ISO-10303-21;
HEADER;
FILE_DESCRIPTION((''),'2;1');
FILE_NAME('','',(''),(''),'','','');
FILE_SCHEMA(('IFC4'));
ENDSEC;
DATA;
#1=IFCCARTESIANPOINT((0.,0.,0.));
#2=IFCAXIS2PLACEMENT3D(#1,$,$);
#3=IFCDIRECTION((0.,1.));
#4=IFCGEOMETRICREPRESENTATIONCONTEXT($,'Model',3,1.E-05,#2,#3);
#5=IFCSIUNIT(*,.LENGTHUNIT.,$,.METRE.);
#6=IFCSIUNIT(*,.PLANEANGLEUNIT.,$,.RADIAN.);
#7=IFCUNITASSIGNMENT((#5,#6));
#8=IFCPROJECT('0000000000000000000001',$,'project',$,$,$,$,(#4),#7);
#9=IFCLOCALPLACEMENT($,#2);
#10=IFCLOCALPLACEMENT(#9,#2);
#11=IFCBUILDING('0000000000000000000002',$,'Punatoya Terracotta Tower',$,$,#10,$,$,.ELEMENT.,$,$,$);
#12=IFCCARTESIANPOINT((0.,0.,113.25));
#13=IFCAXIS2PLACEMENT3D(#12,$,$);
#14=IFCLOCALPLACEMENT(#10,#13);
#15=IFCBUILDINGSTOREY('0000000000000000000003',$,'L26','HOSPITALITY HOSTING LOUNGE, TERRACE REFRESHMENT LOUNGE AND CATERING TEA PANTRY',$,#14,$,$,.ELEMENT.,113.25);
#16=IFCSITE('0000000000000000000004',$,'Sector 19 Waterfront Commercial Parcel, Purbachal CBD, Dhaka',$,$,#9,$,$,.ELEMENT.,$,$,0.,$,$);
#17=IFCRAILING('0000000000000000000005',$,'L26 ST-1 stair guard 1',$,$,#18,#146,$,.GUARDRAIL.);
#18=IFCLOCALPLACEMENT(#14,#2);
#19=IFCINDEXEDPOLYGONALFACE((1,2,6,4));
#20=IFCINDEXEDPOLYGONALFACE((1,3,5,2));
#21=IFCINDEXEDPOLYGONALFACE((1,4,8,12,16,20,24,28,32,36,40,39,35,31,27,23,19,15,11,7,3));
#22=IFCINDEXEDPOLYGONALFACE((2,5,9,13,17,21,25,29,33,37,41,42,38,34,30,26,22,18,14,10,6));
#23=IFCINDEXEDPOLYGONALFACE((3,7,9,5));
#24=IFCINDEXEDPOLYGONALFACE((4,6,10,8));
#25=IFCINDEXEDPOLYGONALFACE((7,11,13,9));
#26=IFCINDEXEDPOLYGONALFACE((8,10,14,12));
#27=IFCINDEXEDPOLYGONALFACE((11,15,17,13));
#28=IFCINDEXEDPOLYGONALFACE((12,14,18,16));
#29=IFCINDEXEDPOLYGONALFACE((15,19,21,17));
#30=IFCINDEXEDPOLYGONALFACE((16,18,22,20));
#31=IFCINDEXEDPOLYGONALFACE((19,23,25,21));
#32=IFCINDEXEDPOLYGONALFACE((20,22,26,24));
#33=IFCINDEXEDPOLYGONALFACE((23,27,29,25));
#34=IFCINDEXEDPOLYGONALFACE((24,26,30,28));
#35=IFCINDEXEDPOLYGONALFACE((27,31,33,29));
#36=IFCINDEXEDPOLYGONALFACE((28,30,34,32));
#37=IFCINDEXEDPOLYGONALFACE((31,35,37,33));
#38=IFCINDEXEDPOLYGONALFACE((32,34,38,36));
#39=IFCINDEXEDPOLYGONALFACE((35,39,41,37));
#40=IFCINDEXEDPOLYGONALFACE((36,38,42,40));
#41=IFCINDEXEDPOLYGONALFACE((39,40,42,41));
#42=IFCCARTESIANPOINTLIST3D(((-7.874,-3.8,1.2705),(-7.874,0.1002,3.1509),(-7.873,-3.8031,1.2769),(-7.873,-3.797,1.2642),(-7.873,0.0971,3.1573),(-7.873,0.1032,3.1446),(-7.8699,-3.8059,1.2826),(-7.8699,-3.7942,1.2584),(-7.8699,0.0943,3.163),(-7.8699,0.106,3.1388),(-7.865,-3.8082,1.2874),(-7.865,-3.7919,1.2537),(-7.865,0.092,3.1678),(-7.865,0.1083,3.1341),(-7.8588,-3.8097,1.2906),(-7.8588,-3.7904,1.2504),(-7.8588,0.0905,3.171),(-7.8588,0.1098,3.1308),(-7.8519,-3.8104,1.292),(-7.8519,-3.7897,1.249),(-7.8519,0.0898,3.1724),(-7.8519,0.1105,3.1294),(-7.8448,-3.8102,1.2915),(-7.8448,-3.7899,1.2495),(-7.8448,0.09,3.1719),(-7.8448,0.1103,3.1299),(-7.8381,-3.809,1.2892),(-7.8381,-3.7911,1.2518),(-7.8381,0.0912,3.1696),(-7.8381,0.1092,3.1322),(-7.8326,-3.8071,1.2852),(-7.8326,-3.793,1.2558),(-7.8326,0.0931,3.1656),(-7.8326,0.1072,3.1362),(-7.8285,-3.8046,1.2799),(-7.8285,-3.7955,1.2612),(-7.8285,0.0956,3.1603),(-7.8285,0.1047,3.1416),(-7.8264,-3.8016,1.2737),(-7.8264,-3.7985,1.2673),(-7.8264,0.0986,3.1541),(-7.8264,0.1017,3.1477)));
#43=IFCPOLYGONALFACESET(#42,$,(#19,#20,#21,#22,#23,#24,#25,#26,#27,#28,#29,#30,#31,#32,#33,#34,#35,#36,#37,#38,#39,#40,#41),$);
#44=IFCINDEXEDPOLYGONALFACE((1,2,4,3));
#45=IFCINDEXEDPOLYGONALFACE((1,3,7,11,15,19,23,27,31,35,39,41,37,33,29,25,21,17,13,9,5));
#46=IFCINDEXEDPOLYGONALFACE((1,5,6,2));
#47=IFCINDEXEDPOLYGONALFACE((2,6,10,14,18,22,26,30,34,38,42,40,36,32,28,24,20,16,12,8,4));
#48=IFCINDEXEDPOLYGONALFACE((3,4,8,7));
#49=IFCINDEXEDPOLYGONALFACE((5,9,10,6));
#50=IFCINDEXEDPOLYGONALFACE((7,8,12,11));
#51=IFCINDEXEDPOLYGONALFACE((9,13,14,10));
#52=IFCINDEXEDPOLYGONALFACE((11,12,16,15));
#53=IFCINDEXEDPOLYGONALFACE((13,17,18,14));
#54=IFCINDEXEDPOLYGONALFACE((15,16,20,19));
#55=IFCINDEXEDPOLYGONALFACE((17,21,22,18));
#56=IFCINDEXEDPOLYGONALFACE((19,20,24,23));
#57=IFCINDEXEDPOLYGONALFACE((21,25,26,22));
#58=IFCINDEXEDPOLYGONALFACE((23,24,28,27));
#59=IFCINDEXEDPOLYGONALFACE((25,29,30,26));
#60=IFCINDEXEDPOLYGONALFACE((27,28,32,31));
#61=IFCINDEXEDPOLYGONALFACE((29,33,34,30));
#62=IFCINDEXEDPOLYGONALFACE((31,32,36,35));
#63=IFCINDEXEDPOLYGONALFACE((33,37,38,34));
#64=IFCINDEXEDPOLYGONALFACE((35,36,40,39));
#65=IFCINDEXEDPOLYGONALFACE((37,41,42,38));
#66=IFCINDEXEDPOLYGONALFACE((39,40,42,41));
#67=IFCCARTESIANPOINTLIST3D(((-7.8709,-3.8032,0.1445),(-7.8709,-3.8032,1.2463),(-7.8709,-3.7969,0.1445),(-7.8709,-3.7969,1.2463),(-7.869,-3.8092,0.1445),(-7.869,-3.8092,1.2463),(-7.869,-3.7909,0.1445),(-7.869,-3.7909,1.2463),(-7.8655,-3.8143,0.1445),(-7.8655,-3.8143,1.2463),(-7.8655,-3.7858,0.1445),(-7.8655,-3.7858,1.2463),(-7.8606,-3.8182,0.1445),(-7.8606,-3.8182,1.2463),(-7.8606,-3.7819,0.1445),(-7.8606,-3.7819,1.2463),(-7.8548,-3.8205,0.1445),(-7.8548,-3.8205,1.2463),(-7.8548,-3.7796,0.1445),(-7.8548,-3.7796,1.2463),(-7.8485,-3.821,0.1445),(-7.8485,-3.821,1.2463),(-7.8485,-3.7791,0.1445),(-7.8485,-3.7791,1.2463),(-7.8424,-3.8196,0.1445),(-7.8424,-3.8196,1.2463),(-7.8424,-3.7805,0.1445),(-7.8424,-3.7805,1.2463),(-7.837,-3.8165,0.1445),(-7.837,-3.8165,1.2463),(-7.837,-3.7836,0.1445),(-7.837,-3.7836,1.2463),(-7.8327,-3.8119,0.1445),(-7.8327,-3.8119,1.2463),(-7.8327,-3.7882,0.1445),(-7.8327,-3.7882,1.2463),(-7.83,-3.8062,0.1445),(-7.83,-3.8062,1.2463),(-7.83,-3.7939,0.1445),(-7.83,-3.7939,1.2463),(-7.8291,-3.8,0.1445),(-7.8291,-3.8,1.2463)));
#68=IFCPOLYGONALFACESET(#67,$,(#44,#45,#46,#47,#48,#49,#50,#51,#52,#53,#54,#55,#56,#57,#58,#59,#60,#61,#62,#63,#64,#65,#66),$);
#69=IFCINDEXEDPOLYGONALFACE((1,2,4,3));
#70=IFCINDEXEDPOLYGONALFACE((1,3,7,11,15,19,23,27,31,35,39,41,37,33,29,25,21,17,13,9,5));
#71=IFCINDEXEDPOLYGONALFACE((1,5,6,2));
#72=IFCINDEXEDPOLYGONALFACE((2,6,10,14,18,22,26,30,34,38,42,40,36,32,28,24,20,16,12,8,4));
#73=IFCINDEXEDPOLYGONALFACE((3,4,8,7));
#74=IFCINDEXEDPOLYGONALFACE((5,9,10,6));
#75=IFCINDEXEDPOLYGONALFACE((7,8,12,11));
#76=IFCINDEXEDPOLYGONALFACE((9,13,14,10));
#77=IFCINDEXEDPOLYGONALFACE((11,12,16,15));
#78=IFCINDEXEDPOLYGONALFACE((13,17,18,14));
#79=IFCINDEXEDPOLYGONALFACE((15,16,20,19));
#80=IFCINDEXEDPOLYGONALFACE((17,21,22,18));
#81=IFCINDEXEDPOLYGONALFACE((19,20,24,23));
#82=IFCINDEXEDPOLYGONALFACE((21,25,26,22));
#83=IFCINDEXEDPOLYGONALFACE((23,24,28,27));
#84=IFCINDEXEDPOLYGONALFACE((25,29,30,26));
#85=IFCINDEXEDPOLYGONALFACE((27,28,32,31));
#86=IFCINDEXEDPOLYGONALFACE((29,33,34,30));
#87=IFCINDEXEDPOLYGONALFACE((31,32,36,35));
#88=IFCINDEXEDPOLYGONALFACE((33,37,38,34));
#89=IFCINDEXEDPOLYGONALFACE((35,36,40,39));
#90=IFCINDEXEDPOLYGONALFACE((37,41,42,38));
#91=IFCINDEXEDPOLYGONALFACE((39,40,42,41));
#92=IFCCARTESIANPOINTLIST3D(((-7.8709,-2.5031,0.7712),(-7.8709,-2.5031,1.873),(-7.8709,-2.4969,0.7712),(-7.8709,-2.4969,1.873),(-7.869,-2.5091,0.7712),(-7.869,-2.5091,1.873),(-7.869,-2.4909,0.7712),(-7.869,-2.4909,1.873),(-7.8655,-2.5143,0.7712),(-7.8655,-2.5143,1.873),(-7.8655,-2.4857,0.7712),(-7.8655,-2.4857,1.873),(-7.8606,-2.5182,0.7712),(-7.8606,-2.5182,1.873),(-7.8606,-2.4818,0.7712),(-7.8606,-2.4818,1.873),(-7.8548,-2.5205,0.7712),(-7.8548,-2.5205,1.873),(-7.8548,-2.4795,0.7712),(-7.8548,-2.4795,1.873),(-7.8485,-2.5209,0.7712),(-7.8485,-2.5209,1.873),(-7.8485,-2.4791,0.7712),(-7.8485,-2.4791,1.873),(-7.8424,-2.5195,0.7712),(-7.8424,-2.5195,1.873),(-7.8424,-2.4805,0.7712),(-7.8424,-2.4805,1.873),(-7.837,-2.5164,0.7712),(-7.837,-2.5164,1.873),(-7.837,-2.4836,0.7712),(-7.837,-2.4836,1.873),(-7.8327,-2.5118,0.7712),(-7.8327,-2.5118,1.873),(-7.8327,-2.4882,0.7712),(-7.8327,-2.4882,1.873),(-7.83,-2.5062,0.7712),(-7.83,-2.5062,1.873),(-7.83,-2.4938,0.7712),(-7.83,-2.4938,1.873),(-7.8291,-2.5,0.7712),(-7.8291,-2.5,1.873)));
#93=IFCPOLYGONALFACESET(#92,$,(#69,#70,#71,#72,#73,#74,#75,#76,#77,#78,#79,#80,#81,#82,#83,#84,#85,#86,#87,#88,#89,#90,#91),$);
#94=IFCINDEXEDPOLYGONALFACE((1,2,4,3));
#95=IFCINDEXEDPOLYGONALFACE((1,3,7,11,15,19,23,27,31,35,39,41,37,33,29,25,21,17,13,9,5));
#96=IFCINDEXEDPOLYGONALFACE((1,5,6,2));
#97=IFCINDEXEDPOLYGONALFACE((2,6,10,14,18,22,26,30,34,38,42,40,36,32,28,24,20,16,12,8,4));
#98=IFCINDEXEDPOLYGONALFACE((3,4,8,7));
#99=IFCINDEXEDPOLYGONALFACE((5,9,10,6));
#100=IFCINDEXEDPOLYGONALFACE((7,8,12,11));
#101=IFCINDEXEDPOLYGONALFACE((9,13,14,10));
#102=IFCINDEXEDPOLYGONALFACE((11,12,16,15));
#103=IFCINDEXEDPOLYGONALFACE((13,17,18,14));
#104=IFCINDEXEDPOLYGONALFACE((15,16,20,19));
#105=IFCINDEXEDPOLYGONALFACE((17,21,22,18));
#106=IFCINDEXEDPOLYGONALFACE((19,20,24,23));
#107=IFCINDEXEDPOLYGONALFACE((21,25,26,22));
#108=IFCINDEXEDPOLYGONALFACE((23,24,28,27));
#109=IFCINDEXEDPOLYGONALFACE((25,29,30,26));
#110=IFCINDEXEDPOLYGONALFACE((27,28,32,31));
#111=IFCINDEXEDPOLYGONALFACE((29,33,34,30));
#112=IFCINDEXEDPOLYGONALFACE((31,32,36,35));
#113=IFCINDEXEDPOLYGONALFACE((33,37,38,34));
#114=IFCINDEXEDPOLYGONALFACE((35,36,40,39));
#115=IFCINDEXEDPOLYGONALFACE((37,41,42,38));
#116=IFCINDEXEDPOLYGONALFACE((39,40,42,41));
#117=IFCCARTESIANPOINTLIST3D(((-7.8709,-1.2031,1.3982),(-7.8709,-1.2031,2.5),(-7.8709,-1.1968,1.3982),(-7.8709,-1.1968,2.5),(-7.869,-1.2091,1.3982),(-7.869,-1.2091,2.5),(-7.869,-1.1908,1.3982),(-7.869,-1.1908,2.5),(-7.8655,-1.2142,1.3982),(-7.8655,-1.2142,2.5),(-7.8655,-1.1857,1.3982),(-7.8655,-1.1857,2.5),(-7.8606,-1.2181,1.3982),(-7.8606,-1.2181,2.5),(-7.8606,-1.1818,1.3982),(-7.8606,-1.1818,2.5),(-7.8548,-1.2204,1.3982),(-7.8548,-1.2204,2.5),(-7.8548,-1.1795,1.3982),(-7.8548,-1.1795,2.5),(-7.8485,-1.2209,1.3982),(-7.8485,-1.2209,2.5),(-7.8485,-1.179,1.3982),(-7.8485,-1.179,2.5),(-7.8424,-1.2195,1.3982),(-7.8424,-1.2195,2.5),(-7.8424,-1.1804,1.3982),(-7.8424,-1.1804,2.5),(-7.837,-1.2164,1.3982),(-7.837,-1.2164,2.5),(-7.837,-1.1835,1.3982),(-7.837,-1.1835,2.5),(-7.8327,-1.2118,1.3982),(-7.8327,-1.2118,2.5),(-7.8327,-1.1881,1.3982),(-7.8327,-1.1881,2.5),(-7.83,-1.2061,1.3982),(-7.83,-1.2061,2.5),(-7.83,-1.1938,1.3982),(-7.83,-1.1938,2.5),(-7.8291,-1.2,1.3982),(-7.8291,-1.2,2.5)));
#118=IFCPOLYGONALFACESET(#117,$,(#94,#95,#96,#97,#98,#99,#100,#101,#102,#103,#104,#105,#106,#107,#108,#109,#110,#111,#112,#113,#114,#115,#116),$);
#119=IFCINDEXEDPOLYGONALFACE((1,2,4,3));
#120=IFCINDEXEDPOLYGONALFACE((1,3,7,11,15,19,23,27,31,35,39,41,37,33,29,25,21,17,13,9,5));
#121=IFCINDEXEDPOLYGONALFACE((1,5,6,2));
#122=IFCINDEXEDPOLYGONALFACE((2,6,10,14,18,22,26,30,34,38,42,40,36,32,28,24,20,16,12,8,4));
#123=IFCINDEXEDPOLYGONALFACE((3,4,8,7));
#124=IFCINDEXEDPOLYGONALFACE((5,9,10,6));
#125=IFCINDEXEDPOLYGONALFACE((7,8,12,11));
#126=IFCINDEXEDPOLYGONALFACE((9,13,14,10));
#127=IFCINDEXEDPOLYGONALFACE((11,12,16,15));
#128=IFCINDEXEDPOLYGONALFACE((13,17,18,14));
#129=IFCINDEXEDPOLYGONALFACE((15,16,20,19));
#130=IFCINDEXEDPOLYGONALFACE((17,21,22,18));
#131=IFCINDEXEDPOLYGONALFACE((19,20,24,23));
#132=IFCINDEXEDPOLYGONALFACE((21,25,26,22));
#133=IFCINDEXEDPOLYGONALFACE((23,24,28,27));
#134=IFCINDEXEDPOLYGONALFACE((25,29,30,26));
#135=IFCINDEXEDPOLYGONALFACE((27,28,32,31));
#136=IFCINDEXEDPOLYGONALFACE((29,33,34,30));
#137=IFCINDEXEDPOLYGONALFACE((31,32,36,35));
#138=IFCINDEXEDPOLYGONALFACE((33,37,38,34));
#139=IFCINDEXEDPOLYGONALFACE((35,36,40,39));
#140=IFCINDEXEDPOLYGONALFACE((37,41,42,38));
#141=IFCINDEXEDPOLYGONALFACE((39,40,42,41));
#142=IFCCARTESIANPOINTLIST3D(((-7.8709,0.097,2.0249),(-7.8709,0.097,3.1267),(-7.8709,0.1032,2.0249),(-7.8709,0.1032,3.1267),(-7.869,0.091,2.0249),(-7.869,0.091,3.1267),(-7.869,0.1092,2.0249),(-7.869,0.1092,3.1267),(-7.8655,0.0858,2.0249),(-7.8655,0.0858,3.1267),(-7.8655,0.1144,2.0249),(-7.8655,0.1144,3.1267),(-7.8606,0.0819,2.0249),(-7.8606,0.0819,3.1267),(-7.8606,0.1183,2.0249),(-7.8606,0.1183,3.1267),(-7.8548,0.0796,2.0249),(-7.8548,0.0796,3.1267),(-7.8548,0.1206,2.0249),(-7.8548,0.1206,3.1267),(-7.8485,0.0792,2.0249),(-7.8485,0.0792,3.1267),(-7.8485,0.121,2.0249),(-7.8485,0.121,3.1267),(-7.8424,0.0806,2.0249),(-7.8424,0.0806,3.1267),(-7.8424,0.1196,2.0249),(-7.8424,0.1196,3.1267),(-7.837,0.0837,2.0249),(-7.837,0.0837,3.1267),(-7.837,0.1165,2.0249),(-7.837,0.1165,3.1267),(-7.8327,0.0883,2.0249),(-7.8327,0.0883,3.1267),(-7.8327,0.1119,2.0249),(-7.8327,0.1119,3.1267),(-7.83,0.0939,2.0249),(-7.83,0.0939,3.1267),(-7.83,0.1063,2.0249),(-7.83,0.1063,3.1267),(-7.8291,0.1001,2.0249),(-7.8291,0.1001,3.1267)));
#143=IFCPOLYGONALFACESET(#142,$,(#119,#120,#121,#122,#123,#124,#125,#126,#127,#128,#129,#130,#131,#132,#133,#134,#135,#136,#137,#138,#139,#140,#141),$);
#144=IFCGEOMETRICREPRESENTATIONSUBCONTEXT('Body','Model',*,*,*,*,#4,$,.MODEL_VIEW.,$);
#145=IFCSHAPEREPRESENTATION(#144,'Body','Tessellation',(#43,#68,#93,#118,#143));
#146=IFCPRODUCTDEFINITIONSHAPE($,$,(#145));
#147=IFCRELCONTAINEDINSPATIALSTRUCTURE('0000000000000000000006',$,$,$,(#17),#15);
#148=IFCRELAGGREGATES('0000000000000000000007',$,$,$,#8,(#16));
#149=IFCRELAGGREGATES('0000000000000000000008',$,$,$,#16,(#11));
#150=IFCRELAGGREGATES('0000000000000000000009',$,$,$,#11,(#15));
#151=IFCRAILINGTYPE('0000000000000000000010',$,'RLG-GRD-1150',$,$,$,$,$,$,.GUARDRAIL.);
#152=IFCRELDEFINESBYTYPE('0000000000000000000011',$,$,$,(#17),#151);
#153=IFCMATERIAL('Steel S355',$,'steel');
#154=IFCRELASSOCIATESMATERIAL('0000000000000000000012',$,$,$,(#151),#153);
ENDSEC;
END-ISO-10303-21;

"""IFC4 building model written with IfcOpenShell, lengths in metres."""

from ifc_helpers import new_model, si_unit, direction, frame, origin, origin_2d, place, context, subcontext, project, spatial, circle, extrude, material, type_object, element, save


model = new_model("IFC4")

# Units and contexts
model_context = context("Model", 3, precision=1e-05, world=origin(), true_north=direction((0.0, 1.0)))
body_context = subcontext(model_context, "Body", "Model", "MODEL_VIEW")
ifc_project = project(units=[si_unit("LENGTHUNIT", "METRE"), si_unit("PLANEANGLEUNIT", "RADIAN")], contexts=[model_context])

# Site, building, storey
site_placement = place(None, origin())
site = spatial("IfcSite", under=ifc_project, at=site_placement, Name="Sector 19 Waterfront Commercial Parcel, Purbachal CBD, Dhaka", CompositionType="ELEMENT", RefElevation=0.0)
building_placement = place(site_placement, origin())
building = spatial("IfcBuilding", under=site, at=building_placement, Name="Punatoya Terracotta Tower", CompositionType="ELEMENT")
storey_placement = place(building_placement, frame((0.0, 0.0, 113.25)))
storey = spatial("IfcBuildingStorey", under=building, at=storey_placement, Name="L26", Description="HOSPITALITY HOSTING LOUNGE, TERRACE REFRESHMENT LOUNGE AND CATERING TEA PANTRY", CompositionType="ELEMENT", Elevation=113.25)

# Shared definitions
ifc_material_1 = material(Name="Steel S355", Category="steel")

# Railing
railing_type_1 = type_object("IfcRailingType", Name="RLG-GRD-1150", PredefinedType="GUARDRAIL", material=ifc_material_1)
railing_1_placement = place(storey_placement, frame((-7.8501, -3.8, 0.1445)))
element("IfcRailing", 1, at=railing_1_placement, inside=storey, type_object=railing_type_1, Name="L26 ST-1 stair guard 1", PredefinedType="GUARDRAIL", context=body_context, shape_type="SweptSolid", body=[
    extrude(circle(Radius=0.0239, at=origin_2d()), frame((0.0, 0.0, 1.126), z_axis=(0.0, 0.900774, 0.434289), x_axis=(-1.0, 0.0, 0.0)), (0.0, 0.0, 1.0), 4.3298),
    extrude(circle(Radius=0.021, at=origin_2d()), origin(), (0.0, 0.0, 1.0), 1.1018),
    extrude(circle(Radius=0.021, at=origin_2d()), frame((0.0, 1.3, 0.6267)), (0.0, 0.0, 1.0), 1.1018),
    extrude(circle(Radius=0.021, at=origin_2d()), frame((0.0, 2.6001, 1.2537)), (0.0, 0.0, 1.0), 1.1018),
    extrude(circle(Radius=0.021, at=origin_2d()), frame((0.0, 3.9001, 1.8804)), (0.0, 0.0, 1.0), 1.1018),
])

save(model, "model.ifc")
